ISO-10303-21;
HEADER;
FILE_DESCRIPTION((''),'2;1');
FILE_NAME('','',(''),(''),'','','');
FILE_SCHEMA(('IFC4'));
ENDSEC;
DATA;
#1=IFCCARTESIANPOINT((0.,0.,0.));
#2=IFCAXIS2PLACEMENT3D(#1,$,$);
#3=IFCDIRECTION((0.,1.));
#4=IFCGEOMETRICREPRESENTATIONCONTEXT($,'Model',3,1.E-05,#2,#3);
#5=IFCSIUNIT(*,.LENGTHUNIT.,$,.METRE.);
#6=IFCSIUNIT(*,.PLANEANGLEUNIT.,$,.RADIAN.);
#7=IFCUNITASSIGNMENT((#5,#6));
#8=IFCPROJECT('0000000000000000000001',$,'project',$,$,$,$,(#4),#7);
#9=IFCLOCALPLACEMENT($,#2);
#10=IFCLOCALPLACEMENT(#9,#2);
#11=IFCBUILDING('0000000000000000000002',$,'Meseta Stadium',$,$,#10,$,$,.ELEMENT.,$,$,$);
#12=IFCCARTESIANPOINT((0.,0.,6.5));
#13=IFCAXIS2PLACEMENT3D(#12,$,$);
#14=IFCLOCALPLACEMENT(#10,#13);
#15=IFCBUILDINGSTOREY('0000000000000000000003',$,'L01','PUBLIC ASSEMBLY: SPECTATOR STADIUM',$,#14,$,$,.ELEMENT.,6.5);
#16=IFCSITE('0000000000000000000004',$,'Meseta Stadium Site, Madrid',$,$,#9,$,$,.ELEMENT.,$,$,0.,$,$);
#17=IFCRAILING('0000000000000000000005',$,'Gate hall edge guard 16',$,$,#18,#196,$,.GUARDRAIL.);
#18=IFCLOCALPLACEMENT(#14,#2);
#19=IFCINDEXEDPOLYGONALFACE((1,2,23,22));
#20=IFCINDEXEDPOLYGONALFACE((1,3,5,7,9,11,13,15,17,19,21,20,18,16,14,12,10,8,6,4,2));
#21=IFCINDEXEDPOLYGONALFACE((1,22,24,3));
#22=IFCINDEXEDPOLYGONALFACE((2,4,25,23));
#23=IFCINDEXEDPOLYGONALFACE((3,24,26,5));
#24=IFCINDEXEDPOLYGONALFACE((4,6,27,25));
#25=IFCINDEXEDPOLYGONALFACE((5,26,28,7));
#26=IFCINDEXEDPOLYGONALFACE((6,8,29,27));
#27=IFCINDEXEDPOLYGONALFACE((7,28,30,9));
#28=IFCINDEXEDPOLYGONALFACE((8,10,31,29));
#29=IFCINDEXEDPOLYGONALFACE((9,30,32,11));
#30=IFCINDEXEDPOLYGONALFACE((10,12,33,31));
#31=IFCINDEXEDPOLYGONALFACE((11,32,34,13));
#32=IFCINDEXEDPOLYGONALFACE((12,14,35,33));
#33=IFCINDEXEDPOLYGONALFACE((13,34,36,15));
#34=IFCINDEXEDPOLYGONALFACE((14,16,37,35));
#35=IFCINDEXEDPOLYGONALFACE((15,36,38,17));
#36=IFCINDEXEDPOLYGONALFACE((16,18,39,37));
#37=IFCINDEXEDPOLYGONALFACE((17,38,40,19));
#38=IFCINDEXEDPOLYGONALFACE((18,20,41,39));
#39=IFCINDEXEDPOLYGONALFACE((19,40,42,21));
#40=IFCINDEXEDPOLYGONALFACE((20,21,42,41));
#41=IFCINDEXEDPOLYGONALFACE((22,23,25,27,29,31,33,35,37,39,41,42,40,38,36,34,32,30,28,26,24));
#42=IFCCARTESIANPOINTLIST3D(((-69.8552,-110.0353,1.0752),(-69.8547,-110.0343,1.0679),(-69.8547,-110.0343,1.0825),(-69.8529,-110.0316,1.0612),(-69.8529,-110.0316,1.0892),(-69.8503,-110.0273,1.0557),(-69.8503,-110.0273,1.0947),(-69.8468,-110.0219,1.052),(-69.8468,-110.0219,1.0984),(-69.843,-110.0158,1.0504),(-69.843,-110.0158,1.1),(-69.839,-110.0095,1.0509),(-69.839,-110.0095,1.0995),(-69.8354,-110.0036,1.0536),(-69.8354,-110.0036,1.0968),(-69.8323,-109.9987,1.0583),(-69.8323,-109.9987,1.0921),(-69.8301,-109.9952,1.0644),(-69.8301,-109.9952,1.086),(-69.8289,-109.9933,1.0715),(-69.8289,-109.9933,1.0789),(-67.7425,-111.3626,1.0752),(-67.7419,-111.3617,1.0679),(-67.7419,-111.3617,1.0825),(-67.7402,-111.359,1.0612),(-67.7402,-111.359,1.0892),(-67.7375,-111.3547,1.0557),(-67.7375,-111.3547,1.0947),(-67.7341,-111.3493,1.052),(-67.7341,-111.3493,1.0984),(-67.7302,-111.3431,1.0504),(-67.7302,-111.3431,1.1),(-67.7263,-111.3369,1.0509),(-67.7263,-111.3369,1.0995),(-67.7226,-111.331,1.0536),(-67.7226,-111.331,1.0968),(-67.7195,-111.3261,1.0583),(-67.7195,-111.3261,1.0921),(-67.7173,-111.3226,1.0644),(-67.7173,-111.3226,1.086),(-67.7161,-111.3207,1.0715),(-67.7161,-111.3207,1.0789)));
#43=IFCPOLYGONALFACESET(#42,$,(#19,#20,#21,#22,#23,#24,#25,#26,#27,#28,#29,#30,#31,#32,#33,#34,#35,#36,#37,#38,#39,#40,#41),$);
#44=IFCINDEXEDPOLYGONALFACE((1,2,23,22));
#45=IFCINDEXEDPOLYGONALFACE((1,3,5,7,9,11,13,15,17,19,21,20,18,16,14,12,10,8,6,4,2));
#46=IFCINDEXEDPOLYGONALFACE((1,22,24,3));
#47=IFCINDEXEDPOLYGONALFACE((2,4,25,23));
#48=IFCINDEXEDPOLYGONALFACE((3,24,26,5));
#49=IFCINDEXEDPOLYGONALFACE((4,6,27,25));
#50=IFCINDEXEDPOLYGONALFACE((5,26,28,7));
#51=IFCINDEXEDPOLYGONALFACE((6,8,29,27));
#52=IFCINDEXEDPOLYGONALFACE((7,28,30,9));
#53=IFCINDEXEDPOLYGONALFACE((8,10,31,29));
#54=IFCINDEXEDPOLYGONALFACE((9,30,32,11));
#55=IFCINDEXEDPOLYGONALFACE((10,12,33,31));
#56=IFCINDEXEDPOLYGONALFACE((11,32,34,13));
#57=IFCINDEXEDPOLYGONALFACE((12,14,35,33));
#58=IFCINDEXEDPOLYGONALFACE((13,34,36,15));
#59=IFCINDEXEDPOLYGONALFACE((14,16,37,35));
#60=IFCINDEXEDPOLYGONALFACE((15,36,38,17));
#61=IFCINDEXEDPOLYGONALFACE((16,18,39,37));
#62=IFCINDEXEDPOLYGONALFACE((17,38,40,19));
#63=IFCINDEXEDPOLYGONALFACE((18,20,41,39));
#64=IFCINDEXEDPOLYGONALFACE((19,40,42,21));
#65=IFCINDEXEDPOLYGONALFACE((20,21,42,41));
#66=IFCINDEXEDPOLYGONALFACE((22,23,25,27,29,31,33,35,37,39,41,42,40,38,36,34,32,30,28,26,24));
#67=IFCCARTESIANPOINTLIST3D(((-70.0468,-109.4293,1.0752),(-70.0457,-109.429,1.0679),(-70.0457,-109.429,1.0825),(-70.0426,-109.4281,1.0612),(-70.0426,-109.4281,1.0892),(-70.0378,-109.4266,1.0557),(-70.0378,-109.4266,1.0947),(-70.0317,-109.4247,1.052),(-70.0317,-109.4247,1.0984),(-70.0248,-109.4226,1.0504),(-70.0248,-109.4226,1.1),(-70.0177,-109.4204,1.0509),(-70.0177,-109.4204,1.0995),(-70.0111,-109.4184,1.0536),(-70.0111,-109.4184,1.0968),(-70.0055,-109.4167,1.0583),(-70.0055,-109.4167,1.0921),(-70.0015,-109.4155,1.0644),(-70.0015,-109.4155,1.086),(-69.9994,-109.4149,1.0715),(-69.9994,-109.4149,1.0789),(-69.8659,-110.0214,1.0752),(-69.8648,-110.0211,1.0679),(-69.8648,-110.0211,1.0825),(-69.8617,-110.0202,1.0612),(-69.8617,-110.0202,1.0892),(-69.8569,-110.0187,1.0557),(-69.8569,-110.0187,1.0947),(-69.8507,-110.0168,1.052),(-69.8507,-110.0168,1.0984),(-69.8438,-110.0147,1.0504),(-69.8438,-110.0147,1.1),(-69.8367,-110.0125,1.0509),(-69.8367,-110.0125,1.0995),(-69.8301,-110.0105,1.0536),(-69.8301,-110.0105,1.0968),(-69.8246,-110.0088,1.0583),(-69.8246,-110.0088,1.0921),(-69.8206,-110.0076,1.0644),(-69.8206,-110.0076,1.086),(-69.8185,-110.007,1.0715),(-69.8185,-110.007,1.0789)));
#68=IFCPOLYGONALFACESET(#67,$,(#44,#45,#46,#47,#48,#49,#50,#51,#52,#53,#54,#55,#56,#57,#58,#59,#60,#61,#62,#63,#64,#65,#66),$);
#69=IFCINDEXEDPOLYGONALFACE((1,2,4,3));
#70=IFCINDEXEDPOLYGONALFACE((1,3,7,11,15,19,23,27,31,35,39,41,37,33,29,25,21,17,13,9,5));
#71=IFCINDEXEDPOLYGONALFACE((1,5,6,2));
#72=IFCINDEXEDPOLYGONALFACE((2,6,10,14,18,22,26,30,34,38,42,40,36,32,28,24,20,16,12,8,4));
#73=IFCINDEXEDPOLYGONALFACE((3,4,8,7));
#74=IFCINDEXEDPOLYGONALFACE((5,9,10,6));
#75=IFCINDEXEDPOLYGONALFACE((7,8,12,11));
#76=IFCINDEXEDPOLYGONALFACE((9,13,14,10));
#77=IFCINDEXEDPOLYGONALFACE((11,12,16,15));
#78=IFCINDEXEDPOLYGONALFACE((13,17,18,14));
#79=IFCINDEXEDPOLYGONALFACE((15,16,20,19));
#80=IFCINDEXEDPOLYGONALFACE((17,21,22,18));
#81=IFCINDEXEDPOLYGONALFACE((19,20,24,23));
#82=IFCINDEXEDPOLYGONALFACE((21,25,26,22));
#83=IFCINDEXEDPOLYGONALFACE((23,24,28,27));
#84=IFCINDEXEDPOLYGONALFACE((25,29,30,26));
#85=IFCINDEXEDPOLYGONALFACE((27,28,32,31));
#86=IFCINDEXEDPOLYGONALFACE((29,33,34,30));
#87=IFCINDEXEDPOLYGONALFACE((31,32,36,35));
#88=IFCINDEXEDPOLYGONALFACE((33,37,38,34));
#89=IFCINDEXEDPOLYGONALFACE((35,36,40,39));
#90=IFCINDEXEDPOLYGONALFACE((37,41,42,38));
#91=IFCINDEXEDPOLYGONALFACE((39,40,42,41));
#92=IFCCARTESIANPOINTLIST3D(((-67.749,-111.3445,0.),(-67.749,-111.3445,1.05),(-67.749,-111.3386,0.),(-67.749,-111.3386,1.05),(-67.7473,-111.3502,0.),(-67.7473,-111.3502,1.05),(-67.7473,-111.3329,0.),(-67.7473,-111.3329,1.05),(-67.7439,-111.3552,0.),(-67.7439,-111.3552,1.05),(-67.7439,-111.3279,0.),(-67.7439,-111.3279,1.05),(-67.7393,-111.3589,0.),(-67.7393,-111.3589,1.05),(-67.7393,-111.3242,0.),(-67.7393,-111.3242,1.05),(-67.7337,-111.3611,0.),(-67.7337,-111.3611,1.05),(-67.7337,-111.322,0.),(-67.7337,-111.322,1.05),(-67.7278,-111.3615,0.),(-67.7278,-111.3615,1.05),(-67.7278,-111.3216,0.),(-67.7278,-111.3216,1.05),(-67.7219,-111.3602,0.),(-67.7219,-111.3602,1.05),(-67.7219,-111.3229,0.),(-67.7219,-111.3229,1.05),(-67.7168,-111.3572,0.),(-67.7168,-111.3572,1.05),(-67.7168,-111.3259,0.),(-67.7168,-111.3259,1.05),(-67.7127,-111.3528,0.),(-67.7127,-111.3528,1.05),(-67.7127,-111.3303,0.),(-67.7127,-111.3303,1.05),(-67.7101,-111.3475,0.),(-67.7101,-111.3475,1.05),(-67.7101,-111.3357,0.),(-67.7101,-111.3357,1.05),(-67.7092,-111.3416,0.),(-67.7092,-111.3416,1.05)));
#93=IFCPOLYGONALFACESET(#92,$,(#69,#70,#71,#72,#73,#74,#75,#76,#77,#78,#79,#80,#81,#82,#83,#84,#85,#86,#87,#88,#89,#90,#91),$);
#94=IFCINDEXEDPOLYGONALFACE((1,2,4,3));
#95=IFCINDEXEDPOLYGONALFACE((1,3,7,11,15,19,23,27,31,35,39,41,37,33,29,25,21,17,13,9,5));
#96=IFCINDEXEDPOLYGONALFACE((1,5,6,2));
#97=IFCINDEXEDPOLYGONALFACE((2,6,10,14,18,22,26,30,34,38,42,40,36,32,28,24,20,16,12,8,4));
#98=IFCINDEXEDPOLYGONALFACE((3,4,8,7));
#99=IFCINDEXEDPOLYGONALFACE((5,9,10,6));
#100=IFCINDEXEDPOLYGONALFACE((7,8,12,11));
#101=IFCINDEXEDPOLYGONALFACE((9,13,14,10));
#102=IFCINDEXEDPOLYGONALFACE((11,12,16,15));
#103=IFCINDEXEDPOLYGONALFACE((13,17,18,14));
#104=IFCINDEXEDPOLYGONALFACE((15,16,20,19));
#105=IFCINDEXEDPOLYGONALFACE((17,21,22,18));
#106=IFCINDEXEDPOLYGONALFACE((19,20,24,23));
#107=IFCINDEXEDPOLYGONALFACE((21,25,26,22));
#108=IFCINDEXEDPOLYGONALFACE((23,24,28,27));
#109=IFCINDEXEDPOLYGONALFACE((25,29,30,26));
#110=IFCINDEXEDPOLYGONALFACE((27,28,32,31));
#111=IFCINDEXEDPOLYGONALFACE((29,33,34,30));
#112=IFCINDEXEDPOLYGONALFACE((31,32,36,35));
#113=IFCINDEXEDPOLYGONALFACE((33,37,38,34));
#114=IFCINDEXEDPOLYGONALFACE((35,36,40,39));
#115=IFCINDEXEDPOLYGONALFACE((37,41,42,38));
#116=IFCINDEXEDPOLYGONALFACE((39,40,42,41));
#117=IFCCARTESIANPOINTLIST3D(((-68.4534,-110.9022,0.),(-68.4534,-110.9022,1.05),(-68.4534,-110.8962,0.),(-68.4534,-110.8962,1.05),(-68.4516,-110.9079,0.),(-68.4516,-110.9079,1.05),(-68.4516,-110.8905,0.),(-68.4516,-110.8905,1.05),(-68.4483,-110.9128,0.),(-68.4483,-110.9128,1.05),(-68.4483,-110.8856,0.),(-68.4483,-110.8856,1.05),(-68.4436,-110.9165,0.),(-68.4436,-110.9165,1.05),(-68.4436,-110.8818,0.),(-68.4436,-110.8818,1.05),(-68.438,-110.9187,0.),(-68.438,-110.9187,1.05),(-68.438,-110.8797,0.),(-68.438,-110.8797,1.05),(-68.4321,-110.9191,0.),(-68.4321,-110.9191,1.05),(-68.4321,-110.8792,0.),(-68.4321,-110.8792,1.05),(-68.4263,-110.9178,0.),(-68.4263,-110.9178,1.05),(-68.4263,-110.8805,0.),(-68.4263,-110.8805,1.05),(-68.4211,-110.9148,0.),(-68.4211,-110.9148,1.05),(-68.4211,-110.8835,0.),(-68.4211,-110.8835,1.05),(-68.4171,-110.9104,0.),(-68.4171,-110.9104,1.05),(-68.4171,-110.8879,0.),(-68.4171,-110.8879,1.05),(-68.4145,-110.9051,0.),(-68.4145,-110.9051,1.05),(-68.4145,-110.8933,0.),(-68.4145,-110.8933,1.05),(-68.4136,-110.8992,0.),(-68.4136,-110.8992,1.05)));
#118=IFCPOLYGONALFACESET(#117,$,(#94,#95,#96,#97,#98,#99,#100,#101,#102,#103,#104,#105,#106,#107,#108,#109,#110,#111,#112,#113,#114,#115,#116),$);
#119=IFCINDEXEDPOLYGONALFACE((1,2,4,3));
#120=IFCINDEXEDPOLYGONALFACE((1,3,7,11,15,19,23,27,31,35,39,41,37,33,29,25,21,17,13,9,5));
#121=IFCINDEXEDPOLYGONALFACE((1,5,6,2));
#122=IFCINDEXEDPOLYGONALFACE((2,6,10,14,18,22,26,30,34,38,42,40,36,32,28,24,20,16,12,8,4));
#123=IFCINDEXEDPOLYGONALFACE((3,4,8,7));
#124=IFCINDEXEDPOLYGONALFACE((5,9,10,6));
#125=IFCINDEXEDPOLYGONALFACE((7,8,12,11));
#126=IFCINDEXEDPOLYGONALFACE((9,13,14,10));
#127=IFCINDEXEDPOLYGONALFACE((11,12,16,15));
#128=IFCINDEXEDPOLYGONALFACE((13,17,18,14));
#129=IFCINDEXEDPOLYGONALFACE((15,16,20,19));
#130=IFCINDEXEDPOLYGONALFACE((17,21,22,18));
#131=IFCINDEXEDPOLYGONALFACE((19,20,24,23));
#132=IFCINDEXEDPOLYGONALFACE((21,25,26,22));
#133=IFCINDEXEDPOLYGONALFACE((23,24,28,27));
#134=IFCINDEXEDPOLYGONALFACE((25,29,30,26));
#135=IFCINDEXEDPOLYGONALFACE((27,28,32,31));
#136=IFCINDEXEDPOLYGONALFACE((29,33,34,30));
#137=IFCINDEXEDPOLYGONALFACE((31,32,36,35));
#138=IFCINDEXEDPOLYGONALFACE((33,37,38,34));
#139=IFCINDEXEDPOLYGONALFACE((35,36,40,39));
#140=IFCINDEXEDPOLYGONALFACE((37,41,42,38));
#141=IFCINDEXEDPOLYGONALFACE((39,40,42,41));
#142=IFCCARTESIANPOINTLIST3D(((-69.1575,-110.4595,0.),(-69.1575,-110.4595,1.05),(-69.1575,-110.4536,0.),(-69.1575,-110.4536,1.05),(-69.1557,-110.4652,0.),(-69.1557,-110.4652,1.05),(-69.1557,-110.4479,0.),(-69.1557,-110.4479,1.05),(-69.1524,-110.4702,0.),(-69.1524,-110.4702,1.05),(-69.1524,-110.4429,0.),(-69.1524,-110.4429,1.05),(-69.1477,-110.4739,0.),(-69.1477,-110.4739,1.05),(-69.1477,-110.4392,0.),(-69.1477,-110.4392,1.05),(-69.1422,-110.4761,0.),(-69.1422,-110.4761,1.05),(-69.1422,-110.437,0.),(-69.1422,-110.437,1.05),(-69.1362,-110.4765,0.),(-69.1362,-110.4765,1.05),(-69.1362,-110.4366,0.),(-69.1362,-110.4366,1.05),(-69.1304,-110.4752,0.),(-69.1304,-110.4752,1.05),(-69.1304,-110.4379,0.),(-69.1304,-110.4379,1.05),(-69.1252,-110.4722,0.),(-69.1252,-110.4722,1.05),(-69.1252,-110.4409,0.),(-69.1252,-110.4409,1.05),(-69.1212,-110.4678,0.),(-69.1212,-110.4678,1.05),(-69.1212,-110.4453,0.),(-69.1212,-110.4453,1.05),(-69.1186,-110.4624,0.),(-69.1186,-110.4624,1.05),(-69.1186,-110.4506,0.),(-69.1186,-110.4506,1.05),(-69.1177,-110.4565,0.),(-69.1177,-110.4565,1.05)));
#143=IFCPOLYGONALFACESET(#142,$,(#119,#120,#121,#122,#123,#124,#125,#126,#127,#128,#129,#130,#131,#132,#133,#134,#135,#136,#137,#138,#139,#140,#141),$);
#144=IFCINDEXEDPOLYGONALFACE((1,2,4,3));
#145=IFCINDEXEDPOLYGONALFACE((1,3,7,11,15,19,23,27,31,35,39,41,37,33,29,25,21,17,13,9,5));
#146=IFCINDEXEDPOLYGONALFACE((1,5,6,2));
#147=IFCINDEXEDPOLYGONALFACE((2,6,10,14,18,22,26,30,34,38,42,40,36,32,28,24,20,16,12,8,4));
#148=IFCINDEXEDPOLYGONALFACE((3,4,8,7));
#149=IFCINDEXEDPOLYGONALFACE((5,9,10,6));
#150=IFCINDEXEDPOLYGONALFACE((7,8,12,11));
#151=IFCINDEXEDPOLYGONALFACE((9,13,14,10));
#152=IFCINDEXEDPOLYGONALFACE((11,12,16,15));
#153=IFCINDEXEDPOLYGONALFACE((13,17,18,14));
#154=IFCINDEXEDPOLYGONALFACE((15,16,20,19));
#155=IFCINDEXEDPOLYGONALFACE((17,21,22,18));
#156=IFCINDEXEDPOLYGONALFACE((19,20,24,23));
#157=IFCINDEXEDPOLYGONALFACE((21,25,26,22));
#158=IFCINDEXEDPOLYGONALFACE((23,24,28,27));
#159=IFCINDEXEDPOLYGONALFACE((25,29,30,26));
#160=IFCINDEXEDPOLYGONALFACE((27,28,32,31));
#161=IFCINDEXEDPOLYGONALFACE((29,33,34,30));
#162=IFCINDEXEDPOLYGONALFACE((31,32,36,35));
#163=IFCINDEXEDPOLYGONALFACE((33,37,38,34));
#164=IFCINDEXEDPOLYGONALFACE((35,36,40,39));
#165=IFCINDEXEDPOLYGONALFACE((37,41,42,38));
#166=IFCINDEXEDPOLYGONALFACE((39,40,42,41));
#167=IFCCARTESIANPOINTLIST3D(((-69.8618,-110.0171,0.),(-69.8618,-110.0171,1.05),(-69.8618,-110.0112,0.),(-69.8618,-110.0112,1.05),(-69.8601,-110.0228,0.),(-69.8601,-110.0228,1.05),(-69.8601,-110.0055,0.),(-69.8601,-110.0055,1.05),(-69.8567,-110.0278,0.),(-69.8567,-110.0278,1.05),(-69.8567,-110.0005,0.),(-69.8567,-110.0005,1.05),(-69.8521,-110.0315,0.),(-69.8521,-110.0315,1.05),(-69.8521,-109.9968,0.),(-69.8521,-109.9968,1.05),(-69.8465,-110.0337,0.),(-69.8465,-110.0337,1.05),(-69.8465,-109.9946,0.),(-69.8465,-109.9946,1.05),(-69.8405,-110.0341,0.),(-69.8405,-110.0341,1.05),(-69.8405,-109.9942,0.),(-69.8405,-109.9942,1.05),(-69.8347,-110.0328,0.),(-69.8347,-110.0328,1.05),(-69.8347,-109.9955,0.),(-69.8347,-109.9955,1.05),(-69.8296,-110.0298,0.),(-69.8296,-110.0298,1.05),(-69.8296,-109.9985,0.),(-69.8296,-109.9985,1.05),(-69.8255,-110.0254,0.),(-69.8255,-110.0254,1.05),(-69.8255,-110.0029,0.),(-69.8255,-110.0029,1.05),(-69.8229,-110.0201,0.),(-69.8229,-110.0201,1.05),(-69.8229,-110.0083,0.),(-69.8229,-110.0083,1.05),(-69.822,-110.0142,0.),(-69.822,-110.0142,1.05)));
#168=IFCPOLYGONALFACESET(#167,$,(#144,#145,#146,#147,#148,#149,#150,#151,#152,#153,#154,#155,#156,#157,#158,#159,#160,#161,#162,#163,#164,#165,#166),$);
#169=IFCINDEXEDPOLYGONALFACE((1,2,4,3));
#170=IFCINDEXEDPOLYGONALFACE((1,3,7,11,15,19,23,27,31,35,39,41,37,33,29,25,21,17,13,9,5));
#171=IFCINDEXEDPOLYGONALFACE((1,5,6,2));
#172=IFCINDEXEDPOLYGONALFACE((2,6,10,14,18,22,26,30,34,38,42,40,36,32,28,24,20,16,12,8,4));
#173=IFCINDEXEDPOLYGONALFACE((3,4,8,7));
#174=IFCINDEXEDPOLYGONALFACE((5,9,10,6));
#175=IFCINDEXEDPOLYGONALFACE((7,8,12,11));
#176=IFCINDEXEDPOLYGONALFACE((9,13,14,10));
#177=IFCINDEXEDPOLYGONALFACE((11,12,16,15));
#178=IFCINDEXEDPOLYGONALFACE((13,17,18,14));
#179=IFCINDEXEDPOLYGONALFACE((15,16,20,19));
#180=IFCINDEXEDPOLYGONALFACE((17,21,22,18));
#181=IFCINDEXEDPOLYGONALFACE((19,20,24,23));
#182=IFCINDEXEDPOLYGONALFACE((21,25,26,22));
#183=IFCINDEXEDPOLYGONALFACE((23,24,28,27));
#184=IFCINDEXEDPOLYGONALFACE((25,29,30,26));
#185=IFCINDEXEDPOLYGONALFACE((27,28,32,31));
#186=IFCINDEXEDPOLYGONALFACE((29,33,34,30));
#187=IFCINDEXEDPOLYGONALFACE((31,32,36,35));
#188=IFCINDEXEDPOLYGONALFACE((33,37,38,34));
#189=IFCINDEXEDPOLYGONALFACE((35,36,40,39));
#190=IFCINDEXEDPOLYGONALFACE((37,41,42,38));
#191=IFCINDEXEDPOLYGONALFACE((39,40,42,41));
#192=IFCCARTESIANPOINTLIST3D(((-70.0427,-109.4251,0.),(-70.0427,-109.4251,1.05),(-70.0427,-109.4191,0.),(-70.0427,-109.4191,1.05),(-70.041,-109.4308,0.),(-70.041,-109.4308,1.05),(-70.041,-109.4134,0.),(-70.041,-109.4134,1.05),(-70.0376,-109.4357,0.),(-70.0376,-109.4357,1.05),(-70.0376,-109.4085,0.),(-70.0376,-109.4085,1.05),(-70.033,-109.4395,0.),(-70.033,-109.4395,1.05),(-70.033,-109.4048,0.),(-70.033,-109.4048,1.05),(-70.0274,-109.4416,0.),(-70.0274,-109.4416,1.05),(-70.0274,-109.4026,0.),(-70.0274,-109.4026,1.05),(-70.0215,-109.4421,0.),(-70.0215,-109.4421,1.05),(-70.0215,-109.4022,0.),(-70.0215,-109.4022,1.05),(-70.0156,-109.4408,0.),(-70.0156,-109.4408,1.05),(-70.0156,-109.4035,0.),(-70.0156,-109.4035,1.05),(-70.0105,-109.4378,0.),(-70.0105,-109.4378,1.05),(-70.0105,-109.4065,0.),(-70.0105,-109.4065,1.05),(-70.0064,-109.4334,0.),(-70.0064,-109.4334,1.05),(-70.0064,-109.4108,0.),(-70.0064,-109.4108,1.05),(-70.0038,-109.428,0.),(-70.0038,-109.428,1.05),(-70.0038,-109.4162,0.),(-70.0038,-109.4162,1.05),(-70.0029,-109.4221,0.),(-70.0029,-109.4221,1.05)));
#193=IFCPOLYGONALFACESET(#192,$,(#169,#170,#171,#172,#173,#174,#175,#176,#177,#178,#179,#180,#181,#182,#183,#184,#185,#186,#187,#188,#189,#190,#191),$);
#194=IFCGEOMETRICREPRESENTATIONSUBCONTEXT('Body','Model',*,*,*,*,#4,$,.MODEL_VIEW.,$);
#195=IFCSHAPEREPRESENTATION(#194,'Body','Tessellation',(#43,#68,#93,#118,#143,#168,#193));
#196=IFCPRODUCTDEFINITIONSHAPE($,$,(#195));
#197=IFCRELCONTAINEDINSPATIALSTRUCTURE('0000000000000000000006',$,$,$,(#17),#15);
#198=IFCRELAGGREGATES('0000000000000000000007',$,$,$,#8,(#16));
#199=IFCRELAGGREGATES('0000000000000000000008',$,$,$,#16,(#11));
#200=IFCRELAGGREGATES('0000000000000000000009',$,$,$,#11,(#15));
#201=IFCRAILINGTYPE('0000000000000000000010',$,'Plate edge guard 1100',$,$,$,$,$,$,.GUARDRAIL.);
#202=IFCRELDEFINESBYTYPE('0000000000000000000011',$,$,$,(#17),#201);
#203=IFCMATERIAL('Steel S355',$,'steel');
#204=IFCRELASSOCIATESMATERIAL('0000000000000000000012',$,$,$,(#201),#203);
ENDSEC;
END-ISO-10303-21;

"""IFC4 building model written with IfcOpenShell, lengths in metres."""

from ifc_helpers import new_model, si_unit, direction, frame, origin, origin_2d, place, context, subcontext, project, spatial, circle, extrude, material, type_object, element, save


model = new_model("IFC4")

# Units and contexts
model_context = context("Model", 3, precision=1e-05, world=origin(), true_north=direction((0.0, 1.0)))
body_context = subcontext(model_context, "Body", "Model", "MODEL_VIEW")
ifc_project = project(units=[si_unit("LENGTHUNIT", "METRE"), si_unit("PLANEANGLEUNIT", "RADIAN")], contexts=[model_context])

# Site, building, storey
site_placement = place(None, origin())
site = spatial("IfcSite", under=ifc_project, at=site_placement, Name="Meseta Stadium Site, Madrid", CompositionType="ELEMENT", RefElevation=0.0)
building_placement = place(site_placement, origin())
building = spatial("IfcBuilding", under=site, at=building_placement, Name="Meseta Stadium", CompositionType="ELEMENT")
storey_placement = place(building_placement, frame((0.0, 0.0, 6.5)))
storey = spatial("IfcBuildingStorey", under=building, at=storey_placement, Name="L01", Description="PUBLIC ASSEMBLY: SPECTATOR STADIUM", CompositionType="ELEMENT", Elevation=6.5)

# Railing
ifc_material_1 = material(Name="Steel S355", Category="steel")
railing_type = type_object("IfcRailingType", Name="Plate edge guard 1100", PredefinedType="GUARDRAIL", material=ifc_material_1)
railing_placement = place(storey_placement, frame((-67.7292, -111.3416, 0.0)))
element("IfcRailing", 1, at=railing_placement, inside=storey, type_object=railing_type, Name="Gate hall edge guard 16", PredefinedType="GUARDRAIL", context=body_context, shape_type="SweptSolid", body=[
    extrude(circle(Radius=0.0249, at=origin_2d()), frame((0.0, 0.0, 1.0752), z_axis=(-0.846754, 0.531985, 0.0), x_axis=(-0.531985, -0.846754, 0.0)), (0.0, 0.0, 1.0), 2.4951),
    extrude(circle(Radius=0.0249, at=origin_2d()), frame((-2.1128, 1.3274, 1.0752), z_axis=(-0.292229, 0.956349, 0.0), x_axis=(-0.956349, -0.292229, 0.0)), (0.0, 0.0, 1.0), 0.6191),
    extrude(circle(Radius=0.02, at=origin_2d()), origin(), (0.0, 0.0, 1.0), 1.05),
    extrude(circle(Radius=0.02, at=origin_2d()), frame((-0.7043, 0.4424, 0.0)), (0.0, 0.0, 1.0), 1.05),
    extrude(circle(Radius=0.02, at=origin_2d()), frame((-1.4084, 0.885, 0.0)), (0.0, 0.0, 1.0), 1.05),
    extrude(circle(Radius=0.02, at=origin_2d()), frame((-2.1128, 1.3274, 0.0)), (0.0, 0.0, 1.0), 1.05),
    extrude(circle(Radius=0.02, at=origin_2d()), frame((-2.2937, 1.9194, 0.0)), (0.0, 0.0, 1.0), 1.05),
])

save(model, "model.ifc")
